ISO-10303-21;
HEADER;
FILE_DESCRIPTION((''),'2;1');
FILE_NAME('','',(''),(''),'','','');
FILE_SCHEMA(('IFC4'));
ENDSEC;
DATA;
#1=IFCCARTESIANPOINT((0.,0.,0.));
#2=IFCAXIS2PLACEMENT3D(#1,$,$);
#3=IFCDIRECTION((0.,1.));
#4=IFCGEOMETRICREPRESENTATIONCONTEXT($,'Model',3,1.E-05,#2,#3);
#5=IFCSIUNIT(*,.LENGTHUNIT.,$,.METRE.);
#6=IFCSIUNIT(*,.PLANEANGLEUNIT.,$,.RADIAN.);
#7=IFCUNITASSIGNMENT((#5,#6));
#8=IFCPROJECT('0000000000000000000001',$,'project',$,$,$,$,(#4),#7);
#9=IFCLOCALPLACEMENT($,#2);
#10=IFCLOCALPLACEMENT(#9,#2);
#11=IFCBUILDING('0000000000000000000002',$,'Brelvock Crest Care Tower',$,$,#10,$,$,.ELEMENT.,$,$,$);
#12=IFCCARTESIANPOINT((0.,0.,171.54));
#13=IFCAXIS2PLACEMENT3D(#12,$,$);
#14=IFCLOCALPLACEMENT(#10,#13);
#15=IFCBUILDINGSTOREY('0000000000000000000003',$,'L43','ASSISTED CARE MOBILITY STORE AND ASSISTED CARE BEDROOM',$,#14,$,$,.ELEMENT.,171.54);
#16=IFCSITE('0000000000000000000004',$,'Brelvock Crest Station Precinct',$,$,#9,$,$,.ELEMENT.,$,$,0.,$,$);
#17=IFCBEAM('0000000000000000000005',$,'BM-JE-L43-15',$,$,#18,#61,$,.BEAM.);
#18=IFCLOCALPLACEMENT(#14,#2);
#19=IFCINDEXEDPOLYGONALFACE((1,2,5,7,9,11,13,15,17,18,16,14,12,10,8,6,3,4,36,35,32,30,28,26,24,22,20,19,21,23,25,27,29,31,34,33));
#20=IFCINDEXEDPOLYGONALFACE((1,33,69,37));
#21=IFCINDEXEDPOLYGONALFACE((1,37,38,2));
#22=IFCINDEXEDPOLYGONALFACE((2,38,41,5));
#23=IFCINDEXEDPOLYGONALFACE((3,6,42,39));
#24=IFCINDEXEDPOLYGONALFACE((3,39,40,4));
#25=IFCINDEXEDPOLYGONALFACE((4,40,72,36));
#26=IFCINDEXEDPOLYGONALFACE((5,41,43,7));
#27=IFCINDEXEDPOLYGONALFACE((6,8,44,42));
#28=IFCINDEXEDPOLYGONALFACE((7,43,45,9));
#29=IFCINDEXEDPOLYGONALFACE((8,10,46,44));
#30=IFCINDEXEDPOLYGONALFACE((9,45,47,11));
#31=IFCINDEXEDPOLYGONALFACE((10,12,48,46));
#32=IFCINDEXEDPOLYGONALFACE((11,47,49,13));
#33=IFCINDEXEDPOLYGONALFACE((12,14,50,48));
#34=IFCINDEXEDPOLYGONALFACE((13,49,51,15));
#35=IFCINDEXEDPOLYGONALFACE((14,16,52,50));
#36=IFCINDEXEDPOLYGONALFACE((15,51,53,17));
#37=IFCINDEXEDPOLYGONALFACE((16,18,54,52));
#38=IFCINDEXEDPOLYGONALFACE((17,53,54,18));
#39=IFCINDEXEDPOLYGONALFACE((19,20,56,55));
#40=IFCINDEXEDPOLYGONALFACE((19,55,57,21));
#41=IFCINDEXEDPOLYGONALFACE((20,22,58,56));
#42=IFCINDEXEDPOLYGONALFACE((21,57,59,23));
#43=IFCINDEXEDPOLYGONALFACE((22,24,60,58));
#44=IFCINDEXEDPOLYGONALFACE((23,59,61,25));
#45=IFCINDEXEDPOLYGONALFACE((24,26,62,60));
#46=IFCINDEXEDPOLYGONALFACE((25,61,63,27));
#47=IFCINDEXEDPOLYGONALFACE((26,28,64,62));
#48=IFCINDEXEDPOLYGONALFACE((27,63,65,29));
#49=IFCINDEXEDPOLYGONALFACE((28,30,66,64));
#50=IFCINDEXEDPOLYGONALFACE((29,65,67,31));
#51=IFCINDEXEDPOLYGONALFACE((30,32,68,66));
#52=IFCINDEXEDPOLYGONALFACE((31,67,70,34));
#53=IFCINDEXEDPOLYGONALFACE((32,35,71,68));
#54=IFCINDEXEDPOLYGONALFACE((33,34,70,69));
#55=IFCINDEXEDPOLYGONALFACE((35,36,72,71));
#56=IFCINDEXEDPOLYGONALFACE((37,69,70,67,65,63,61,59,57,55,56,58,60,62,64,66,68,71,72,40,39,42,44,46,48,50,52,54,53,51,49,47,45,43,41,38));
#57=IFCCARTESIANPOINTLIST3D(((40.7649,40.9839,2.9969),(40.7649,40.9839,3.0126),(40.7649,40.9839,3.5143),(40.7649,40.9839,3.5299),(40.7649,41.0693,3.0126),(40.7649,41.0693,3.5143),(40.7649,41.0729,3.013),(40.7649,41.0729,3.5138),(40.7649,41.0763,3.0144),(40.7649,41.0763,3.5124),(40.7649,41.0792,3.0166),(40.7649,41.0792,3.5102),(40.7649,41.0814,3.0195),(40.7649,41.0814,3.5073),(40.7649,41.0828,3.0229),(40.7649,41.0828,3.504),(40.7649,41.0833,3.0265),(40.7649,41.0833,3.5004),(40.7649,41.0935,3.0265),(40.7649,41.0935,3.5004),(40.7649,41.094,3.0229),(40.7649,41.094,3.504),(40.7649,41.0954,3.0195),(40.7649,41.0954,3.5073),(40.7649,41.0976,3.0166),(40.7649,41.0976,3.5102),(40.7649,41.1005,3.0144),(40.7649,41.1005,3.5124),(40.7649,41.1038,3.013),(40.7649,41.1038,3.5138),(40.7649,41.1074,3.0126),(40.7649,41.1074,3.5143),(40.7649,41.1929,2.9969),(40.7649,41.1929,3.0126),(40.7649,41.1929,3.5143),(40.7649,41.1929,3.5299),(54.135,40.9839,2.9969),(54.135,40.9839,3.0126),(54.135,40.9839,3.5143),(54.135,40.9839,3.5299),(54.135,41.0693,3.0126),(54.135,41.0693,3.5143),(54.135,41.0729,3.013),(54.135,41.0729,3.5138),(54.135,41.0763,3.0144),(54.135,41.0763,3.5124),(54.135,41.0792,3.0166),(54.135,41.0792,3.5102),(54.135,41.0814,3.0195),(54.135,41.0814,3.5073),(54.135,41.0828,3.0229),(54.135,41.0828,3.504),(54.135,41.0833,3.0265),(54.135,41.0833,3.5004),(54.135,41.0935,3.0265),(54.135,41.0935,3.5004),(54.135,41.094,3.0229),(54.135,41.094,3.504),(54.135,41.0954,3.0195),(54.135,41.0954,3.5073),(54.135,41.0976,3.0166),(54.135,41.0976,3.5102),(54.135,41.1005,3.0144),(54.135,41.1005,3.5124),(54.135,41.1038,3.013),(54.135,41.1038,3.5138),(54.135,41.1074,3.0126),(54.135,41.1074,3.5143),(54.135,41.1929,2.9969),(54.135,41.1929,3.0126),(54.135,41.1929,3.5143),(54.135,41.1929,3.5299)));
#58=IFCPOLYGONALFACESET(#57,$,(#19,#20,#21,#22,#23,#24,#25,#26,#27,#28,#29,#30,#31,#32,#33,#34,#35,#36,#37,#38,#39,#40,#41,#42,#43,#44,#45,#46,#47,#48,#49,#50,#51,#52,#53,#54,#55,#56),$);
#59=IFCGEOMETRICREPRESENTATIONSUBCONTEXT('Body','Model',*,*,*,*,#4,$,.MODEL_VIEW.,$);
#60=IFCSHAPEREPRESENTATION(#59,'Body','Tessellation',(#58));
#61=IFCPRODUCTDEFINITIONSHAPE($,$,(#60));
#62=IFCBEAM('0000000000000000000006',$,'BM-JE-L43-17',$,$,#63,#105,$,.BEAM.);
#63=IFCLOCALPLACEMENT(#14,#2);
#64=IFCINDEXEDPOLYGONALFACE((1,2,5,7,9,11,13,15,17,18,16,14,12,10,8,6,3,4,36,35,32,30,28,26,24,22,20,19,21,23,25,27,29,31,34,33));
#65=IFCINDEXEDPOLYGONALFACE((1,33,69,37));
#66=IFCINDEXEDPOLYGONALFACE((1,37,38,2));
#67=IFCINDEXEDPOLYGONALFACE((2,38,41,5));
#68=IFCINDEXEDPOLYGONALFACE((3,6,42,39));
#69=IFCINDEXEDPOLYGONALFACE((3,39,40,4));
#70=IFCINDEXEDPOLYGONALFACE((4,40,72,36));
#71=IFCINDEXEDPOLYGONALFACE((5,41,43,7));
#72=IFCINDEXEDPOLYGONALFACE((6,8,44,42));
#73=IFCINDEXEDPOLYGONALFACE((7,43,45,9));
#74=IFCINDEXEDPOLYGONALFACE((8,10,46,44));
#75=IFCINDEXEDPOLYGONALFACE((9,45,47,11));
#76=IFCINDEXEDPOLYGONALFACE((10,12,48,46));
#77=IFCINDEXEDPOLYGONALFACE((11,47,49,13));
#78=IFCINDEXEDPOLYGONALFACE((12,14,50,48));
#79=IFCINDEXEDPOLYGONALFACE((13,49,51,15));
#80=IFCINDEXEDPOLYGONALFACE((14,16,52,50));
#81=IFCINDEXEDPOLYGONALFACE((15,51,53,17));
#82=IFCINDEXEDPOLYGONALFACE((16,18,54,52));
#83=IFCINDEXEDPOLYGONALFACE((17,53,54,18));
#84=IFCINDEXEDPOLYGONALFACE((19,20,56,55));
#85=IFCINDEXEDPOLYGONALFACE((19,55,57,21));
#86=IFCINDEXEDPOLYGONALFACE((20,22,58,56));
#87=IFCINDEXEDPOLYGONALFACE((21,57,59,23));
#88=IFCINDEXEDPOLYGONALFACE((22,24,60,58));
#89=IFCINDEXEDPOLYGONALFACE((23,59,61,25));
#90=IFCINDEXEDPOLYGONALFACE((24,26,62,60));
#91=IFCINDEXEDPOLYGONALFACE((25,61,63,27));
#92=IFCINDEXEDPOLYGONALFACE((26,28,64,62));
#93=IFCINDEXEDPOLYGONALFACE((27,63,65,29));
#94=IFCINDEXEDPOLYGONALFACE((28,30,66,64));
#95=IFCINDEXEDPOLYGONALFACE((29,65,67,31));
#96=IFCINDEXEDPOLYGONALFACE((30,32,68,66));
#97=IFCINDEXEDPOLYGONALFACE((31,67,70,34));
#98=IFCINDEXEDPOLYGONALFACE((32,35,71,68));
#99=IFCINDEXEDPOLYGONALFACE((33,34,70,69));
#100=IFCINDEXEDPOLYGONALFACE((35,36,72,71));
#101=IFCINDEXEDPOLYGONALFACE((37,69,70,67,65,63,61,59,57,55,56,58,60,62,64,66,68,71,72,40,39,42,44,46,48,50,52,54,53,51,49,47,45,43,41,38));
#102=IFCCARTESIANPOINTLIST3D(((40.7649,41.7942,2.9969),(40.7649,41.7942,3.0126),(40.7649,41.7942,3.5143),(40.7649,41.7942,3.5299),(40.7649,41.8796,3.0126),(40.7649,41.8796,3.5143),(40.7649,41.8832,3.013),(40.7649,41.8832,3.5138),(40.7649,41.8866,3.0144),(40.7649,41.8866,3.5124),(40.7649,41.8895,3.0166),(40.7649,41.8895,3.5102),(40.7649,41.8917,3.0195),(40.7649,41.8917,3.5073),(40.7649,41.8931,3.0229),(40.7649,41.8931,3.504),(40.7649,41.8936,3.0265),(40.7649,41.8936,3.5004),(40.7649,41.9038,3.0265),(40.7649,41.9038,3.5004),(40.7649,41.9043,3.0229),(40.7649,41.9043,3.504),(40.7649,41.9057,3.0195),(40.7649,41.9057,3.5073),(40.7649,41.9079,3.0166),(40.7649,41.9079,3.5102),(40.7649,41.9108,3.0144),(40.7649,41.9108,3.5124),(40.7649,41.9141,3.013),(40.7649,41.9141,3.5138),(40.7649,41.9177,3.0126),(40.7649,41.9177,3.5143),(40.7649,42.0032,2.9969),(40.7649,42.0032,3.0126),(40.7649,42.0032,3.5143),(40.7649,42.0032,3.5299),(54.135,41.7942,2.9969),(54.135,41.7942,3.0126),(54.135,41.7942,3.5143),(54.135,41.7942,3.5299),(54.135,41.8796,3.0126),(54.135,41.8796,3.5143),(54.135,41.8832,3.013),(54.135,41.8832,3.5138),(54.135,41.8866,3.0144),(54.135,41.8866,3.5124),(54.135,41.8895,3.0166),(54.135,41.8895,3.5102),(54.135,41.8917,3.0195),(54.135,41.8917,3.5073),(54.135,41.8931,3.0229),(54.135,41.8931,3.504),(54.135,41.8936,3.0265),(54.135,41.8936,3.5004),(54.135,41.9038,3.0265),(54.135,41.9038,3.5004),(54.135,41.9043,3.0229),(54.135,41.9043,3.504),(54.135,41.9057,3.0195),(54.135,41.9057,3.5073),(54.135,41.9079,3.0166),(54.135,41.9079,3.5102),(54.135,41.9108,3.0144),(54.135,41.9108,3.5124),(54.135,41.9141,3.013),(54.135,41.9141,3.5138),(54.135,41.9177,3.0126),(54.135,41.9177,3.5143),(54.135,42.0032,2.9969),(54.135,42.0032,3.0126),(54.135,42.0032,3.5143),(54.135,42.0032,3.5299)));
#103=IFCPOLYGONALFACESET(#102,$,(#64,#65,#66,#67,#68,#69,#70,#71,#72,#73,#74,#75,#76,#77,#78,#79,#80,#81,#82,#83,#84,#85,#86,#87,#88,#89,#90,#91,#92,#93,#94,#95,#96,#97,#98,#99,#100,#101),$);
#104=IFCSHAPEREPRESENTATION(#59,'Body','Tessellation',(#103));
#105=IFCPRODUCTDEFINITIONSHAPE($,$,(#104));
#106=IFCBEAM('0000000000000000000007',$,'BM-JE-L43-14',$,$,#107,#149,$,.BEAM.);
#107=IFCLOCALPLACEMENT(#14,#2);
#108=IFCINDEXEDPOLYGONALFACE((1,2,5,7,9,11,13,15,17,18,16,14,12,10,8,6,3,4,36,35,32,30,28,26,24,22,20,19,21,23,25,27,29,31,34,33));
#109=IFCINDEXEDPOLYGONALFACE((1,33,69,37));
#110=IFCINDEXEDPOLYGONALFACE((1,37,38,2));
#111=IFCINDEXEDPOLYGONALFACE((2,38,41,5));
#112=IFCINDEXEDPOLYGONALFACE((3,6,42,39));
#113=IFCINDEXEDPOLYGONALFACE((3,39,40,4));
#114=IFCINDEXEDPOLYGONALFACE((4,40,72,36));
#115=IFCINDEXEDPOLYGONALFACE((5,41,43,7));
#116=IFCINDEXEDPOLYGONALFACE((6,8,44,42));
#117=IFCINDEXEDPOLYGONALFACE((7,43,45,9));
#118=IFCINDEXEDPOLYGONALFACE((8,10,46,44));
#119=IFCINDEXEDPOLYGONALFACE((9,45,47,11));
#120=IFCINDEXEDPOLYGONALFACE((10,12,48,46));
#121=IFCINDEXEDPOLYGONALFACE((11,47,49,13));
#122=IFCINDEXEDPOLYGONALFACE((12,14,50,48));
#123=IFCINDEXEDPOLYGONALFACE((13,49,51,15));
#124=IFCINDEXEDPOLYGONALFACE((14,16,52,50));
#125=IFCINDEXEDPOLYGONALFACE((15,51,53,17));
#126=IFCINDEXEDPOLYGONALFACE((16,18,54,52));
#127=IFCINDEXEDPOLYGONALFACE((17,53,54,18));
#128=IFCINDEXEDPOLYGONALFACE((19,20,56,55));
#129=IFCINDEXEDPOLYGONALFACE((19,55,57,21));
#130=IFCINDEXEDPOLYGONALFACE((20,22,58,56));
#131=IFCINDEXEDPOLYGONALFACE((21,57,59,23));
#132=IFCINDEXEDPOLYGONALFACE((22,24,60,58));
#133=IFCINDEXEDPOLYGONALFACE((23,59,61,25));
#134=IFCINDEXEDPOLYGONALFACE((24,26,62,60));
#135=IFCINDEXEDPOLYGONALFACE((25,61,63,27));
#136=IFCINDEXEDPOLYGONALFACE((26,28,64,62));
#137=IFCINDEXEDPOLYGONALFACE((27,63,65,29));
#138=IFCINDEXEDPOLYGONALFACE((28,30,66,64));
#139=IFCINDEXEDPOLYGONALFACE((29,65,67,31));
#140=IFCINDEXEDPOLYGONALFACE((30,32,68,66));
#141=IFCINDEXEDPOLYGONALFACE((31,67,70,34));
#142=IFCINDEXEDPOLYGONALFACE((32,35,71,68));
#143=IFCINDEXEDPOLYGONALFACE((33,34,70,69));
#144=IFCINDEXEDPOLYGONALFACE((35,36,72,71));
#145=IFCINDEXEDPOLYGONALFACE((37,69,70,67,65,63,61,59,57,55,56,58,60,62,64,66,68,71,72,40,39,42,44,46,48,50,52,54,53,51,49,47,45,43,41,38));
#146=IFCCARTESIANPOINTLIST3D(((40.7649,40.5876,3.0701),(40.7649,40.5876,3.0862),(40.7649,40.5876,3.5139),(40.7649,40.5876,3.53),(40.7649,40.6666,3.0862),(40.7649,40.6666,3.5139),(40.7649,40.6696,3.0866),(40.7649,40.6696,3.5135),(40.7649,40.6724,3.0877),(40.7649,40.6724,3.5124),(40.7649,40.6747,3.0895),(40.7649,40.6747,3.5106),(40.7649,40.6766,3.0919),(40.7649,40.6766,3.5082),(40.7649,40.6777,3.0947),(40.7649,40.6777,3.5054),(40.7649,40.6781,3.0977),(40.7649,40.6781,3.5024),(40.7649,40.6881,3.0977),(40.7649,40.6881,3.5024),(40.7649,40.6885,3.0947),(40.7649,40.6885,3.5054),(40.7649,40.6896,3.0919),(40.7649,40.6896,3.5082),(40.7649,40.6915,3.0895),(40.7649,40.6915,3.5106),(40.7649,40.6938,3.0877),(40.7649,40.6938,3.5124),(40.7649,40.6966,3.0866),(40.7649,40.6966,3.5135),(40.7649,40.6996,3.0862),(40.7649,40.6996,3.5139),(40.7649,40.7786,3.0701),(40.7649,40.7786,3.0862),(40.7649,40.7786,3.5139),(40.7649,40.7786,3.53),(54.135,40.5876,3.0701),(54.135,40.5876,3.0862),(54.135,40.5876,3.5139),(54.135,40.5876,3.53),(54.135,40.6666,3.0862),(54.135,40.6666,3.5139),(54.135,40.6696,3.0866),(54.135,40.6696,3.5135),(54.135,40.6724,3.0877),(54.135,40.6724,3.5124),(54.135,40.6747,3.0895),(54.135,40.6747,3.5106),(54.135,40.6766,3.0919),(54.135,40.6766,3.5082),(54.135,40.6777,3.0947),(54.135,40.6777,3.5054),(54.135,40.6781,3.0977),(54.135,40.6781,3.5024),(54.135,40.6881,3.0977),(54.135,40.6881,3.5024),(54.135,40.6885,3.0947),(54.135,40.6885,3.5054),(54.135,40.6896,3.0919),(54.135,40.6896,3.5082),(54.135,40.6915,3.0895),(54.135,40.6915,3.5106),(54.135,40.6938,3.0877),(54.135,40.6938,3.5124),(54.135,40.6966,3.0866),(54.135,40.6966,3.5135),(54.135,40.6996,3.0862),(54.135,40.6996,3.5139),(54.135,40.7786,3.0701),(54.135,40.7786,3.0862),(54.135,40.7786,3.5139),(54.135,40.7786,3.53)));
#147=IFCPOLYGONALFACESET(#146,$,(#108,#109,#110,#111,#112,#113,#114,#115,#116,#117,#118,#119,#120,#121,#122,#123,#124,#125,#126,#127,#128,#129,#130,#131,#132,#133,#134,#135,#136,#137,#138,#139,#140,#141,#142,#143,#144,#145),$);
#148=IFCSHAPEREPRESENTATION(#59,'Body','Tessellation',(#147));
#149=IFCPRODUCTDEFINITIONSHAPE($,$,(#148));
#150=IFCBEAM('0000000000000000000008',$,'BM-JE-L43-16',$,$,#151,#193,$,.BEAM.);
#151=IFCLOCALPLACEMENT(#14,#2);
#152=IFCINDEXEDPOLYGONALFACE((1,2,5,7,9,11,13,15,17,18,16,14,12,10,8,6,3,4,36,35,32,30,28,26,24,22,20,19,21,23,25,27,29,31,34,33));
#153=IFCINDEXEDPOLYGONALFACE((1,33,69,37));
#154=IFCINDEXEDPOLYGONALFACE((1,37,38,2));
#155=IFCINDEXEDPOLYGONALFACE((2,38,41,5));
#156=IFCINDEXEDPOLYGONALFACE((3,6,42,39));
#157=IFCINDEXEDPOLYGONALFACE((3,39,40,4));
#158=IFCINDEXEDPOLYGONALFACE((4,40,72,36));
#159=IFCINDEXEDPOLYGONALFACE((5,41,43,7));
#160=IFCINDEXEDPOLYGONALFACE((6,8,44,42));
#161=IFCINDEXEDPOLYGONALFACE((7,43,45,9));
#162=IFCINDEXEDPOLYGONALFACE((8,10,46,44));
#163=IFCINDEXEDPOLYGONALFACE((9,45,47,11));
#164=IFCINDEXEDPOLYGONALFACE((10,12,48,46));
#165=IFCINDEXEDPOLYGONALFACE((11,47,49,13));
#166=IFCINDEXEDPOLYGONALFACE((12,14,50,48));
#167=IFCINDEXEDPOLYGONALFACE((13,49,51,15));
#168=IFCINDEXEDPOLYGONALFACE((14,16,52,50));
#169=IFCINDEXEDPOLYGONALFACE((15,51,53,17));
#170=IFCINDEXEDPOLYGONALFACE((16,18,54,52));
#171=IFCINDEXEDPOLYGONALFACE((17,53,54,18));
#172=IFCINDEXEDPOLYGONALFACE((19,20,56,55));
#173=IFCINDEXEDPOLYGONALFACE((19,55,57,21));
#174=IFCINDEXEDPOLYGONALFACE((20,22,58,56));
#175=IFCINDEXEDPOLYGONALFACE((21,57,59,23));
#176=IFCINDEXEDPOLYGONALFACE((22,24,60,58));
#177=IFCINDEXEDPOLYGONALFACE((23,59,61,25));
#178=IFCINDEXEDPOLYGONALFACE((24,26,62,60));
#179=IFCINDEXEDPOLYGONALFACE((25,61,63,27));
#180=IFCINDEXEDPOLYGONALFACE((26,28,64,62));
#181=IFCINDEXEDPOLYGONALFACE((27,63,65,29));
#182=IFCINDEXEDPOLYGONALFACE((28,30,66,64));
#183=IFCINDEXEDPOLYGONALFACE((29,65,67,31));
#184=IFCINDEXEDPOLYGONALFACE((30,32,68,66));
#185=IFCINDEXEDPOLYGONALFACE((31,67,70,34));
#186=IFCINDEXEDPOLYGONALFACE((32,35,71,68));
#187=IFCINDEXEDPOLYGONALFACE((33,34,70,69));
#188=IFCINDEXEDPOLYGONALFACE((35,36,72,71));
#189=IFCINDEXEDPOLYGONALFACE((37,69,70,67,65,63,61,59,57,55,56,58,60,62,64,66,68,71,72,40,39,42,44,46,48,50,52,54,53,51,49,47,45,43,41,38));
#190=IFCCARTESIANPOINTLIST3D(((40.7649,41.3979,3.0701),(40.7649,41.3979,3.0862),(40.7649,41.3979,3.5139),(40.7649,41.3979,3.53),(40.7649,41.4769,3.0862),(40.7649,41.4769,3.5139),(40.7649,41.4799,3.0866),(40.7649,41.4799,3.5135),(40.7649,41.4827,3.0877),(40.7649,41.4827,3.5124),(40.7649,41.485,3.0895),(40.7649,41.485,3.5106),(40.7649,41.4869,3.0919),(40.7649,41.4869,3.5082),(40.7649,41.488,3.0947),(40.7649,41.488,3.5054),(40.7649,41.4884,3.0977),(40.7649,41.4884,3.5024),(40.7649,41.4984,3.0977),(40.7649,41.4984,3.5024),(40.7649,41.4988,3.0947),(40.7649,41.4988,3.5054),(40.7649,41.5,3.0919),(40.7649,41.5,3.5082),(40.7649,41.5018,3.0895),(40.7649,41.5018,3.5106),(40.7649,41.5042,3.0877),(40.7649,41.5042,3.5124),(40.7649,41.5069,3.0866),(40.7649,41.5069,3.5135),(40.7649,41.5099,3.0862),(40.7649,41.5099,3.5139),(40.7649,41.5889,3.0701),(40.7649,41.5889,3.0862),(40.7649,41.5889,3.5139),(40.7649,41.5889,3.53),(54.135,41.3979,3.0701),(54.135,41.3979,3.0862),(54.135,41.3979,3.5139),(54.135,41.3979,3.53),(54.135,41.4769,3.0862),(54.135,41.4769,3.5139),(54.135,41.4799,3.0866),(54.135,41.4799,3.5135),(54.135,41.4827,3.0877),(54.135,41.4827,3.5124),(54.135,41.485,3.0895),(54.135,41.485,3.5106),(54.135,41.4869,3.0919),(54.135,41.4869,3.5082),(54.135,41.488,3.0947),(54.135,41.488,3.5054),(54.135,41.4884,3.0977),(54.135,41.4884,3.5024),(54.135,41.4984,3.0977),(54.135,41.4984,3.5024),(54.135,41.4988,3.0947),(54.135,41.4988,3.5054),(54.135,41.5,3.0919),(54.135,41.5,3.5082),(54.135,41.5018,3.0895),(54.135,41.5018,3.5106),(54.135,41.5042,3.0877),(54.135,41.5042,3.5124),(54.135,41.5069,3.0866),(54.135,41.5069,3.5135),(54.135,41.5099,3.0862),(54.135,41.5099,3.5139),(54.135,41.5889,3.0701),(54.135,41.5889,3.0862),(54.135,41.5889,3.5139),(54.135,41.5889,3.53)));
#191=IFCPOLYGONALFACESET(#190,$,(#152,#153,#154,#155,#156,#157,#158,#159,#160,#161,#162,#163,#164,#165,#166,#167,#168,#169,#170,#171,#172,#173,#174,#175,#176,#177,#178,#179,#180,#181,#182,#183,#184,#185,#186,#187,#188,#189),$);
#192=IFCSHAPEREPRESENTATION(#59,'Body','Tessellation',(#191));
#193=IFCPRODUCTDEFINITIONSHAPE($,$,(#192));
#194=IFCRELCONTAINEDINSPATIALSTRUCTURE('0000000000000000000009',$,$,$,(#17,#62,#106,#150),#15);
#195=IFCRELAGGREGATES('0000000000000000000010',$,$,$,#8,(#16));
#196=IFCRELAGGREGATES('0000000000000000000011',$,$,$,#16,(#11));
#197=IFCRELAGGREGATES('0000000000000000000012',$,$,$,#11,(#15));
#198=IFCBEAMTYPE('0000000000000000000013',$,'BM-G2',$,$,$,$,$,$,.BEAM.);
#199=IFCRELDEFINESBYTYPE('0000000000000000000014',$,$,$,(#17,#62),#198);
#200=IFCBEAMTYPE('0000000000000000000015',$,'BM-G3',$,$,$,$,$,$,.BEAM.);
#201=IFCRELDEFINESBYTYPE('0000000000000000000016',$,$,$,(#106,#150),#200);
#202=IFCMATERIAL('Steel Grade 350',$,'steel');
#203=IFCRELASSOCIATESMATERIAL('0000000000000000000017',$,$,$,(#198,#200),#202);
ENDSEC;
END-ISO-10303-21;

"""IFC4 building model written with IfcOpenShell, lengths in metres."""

from ifc_helpers import new_model, si_unit, direction, frame, origin, origin_2d, place, context, subcontext, project, spatial, i_section, extrude, source, transform, mapped, material, material_profile, profile_set, type_object, element, save


model = new_model("IFC4")

# Units and contexts
model_context = context("Model", 3, precision=1e-05, world=origin(), true_north=direction((0.0, 1.0)))
body_context = subcontext(model_context, "Body", "Model", "MODEL_VIEW")
ifc_project = project(units=[si_unit("LENGTHUNIT", "METRE"), si_unit("PLANEANGLEUNIT", "RADIAN")], contexts=[model_context])

# Site, building, storey
site_placement = place(None, origin())
site = spatial("IfcSite", under=ifc_project, at=site_placement, Name="Brelvock Crest Station Precinct", CompositionType="ELEMENT", RefElevation=0.0)
building_placement = place(site_placement, origin())
building = spatial("IfcBuilding", under=site, at=building_placement, Name="Brelvock Crest Care Tower", CompositionType="ELEMENT")
storey_placement = place(building_placement, frame((0.0, 0.0, 171.54)))
storey = spatial("IfcBuildingStorey", under=building, at=storey_placement, Name="L43", Description="ASSISTED CARE MOBILITY STORE AND ASSISTED CARE BEDROOM", CompositionType="ELEMENT", Elevation=171.54)

# Beams
ifc_material_1 = material(Name="Steel Grade 350", Category="steel")
ifc_material_profile_1 = material_profile(ifc_material_1, i_section(OverallWidth=0.209, OverallDepth=0.533, WebThickness=0.0103, FlangeThickness=0.0156, FilletRadius=0.0139, at=origin_2d()), Name="530UB92.4")
ifc_profile_set_1 = profile_set([ifc_material_profile_1], Name="Steel Grade 350")
beam_type_1 = type_object("IfcBeamType", Name="BM-G2", PredefinedType="BEAM", material=ifc_profile_set_1)
shared_shape_1 = source(origin(), body_context, "Body", "SweptSolid", [
    extrude(i_section(OverallWidth=0.209, OverallDepth=0.533, WebThickness=0.0103, FlangeThickness=0.0156, FilletRadius=0.0139, at=origin_2d()), origin(), (0.0, 0.0, 1.0), 13.3701),
])
for number, where, z_axis, x_axis, name in (
    (1, (40.7649, 41.0884, 3.2634), (1.0, 0.0, 0.0), (0.0, 1.0, 0.0), "BM-JE-L43-15"),
    (2, (40.7649, 41.8987, 3.2634), (1.0, 0.0, 0.0), (0.0, 1.0, 0.0), "BM-JE-L43-17"),
):
    element("IfcBeam", number, at=place(storey_placement, frame(where, z_axis=z_axis, x_axis=x_axis)), inside=storey, type_object=beam_type_1, Name=name, PredefinedType="BEAM", context=body_context, shape_type="MappedRepresentation", body=[
        mapped(shared_shape_1, transform((0.0, 0.0, 0.0), x_axis=(1.0, 0.0, 0.0), y_axis=(0.0, 1.0, 0.0), z_axis=(0.0, 0.0, 1.0), scale=1.0)),
    ])
ifc_material_profile_2 = material_profile(ifc_material_1, i_section(OverallWidth=0.1909, OverallDepth=0.46, WebThickness=0.01, FlangeThickness=0.0161, FilletRadius=0.0115, at=origin_2d()), Name="460UB82.1")
ifc_profile_set_2 = profile_set([ifc_material_profile_2], Name="Steel Grade 350")
beam_type_2 = type_object("IfcBeamType", Name="BM-G3", PredefinedType="BEAM", material=ifc_profile_set_2)
shared_shape_2 = source(origin(), body_context, "Body", "SweptSolid", [
    extrude(i_section(OverallWidth=0.1909, OverallDepth=0.46, WebThickness=0.01, FlangeThickness=0.0161, FilletRadius=0.0115, at=origin_2d()), origin(), (0.0, 0.0, 1.0), 13.3701),
])
for number, where, z_axis, x_axis, name in (
    (3, (40.7649, 40.6831, 3.3), (1.0, 0.0, 0.0), (0.0, 1.0, 0.0), "BM-JE-L43-14"),
    (4, (40.7649, 41.4934, 3.3), (1.0, 0.0, 0.0), (0.0, 1.0, 0.0), "BM-JE-L43-16"),
):
    element("IfcBeam", number, at=place(storey_placement, frame(where, z_axis=z_axis, x_axis=x_axis)), inside=storey, type_object=beam_type_2, Name=name, PredefinedType="BEAM", context=body_context, shape_type="MappedRepresentation", body=[
        mapped(shared_shape_2, transform((0.0, 0.0, 0.0), x_axis=(1.0, 0.0, 0.0), y_axis=(0.0, 1.0, 0.0), z_axis=(0.0, 0.0, 1.0), scale=1.0)),
    ])

save(model, "model.ifc")
